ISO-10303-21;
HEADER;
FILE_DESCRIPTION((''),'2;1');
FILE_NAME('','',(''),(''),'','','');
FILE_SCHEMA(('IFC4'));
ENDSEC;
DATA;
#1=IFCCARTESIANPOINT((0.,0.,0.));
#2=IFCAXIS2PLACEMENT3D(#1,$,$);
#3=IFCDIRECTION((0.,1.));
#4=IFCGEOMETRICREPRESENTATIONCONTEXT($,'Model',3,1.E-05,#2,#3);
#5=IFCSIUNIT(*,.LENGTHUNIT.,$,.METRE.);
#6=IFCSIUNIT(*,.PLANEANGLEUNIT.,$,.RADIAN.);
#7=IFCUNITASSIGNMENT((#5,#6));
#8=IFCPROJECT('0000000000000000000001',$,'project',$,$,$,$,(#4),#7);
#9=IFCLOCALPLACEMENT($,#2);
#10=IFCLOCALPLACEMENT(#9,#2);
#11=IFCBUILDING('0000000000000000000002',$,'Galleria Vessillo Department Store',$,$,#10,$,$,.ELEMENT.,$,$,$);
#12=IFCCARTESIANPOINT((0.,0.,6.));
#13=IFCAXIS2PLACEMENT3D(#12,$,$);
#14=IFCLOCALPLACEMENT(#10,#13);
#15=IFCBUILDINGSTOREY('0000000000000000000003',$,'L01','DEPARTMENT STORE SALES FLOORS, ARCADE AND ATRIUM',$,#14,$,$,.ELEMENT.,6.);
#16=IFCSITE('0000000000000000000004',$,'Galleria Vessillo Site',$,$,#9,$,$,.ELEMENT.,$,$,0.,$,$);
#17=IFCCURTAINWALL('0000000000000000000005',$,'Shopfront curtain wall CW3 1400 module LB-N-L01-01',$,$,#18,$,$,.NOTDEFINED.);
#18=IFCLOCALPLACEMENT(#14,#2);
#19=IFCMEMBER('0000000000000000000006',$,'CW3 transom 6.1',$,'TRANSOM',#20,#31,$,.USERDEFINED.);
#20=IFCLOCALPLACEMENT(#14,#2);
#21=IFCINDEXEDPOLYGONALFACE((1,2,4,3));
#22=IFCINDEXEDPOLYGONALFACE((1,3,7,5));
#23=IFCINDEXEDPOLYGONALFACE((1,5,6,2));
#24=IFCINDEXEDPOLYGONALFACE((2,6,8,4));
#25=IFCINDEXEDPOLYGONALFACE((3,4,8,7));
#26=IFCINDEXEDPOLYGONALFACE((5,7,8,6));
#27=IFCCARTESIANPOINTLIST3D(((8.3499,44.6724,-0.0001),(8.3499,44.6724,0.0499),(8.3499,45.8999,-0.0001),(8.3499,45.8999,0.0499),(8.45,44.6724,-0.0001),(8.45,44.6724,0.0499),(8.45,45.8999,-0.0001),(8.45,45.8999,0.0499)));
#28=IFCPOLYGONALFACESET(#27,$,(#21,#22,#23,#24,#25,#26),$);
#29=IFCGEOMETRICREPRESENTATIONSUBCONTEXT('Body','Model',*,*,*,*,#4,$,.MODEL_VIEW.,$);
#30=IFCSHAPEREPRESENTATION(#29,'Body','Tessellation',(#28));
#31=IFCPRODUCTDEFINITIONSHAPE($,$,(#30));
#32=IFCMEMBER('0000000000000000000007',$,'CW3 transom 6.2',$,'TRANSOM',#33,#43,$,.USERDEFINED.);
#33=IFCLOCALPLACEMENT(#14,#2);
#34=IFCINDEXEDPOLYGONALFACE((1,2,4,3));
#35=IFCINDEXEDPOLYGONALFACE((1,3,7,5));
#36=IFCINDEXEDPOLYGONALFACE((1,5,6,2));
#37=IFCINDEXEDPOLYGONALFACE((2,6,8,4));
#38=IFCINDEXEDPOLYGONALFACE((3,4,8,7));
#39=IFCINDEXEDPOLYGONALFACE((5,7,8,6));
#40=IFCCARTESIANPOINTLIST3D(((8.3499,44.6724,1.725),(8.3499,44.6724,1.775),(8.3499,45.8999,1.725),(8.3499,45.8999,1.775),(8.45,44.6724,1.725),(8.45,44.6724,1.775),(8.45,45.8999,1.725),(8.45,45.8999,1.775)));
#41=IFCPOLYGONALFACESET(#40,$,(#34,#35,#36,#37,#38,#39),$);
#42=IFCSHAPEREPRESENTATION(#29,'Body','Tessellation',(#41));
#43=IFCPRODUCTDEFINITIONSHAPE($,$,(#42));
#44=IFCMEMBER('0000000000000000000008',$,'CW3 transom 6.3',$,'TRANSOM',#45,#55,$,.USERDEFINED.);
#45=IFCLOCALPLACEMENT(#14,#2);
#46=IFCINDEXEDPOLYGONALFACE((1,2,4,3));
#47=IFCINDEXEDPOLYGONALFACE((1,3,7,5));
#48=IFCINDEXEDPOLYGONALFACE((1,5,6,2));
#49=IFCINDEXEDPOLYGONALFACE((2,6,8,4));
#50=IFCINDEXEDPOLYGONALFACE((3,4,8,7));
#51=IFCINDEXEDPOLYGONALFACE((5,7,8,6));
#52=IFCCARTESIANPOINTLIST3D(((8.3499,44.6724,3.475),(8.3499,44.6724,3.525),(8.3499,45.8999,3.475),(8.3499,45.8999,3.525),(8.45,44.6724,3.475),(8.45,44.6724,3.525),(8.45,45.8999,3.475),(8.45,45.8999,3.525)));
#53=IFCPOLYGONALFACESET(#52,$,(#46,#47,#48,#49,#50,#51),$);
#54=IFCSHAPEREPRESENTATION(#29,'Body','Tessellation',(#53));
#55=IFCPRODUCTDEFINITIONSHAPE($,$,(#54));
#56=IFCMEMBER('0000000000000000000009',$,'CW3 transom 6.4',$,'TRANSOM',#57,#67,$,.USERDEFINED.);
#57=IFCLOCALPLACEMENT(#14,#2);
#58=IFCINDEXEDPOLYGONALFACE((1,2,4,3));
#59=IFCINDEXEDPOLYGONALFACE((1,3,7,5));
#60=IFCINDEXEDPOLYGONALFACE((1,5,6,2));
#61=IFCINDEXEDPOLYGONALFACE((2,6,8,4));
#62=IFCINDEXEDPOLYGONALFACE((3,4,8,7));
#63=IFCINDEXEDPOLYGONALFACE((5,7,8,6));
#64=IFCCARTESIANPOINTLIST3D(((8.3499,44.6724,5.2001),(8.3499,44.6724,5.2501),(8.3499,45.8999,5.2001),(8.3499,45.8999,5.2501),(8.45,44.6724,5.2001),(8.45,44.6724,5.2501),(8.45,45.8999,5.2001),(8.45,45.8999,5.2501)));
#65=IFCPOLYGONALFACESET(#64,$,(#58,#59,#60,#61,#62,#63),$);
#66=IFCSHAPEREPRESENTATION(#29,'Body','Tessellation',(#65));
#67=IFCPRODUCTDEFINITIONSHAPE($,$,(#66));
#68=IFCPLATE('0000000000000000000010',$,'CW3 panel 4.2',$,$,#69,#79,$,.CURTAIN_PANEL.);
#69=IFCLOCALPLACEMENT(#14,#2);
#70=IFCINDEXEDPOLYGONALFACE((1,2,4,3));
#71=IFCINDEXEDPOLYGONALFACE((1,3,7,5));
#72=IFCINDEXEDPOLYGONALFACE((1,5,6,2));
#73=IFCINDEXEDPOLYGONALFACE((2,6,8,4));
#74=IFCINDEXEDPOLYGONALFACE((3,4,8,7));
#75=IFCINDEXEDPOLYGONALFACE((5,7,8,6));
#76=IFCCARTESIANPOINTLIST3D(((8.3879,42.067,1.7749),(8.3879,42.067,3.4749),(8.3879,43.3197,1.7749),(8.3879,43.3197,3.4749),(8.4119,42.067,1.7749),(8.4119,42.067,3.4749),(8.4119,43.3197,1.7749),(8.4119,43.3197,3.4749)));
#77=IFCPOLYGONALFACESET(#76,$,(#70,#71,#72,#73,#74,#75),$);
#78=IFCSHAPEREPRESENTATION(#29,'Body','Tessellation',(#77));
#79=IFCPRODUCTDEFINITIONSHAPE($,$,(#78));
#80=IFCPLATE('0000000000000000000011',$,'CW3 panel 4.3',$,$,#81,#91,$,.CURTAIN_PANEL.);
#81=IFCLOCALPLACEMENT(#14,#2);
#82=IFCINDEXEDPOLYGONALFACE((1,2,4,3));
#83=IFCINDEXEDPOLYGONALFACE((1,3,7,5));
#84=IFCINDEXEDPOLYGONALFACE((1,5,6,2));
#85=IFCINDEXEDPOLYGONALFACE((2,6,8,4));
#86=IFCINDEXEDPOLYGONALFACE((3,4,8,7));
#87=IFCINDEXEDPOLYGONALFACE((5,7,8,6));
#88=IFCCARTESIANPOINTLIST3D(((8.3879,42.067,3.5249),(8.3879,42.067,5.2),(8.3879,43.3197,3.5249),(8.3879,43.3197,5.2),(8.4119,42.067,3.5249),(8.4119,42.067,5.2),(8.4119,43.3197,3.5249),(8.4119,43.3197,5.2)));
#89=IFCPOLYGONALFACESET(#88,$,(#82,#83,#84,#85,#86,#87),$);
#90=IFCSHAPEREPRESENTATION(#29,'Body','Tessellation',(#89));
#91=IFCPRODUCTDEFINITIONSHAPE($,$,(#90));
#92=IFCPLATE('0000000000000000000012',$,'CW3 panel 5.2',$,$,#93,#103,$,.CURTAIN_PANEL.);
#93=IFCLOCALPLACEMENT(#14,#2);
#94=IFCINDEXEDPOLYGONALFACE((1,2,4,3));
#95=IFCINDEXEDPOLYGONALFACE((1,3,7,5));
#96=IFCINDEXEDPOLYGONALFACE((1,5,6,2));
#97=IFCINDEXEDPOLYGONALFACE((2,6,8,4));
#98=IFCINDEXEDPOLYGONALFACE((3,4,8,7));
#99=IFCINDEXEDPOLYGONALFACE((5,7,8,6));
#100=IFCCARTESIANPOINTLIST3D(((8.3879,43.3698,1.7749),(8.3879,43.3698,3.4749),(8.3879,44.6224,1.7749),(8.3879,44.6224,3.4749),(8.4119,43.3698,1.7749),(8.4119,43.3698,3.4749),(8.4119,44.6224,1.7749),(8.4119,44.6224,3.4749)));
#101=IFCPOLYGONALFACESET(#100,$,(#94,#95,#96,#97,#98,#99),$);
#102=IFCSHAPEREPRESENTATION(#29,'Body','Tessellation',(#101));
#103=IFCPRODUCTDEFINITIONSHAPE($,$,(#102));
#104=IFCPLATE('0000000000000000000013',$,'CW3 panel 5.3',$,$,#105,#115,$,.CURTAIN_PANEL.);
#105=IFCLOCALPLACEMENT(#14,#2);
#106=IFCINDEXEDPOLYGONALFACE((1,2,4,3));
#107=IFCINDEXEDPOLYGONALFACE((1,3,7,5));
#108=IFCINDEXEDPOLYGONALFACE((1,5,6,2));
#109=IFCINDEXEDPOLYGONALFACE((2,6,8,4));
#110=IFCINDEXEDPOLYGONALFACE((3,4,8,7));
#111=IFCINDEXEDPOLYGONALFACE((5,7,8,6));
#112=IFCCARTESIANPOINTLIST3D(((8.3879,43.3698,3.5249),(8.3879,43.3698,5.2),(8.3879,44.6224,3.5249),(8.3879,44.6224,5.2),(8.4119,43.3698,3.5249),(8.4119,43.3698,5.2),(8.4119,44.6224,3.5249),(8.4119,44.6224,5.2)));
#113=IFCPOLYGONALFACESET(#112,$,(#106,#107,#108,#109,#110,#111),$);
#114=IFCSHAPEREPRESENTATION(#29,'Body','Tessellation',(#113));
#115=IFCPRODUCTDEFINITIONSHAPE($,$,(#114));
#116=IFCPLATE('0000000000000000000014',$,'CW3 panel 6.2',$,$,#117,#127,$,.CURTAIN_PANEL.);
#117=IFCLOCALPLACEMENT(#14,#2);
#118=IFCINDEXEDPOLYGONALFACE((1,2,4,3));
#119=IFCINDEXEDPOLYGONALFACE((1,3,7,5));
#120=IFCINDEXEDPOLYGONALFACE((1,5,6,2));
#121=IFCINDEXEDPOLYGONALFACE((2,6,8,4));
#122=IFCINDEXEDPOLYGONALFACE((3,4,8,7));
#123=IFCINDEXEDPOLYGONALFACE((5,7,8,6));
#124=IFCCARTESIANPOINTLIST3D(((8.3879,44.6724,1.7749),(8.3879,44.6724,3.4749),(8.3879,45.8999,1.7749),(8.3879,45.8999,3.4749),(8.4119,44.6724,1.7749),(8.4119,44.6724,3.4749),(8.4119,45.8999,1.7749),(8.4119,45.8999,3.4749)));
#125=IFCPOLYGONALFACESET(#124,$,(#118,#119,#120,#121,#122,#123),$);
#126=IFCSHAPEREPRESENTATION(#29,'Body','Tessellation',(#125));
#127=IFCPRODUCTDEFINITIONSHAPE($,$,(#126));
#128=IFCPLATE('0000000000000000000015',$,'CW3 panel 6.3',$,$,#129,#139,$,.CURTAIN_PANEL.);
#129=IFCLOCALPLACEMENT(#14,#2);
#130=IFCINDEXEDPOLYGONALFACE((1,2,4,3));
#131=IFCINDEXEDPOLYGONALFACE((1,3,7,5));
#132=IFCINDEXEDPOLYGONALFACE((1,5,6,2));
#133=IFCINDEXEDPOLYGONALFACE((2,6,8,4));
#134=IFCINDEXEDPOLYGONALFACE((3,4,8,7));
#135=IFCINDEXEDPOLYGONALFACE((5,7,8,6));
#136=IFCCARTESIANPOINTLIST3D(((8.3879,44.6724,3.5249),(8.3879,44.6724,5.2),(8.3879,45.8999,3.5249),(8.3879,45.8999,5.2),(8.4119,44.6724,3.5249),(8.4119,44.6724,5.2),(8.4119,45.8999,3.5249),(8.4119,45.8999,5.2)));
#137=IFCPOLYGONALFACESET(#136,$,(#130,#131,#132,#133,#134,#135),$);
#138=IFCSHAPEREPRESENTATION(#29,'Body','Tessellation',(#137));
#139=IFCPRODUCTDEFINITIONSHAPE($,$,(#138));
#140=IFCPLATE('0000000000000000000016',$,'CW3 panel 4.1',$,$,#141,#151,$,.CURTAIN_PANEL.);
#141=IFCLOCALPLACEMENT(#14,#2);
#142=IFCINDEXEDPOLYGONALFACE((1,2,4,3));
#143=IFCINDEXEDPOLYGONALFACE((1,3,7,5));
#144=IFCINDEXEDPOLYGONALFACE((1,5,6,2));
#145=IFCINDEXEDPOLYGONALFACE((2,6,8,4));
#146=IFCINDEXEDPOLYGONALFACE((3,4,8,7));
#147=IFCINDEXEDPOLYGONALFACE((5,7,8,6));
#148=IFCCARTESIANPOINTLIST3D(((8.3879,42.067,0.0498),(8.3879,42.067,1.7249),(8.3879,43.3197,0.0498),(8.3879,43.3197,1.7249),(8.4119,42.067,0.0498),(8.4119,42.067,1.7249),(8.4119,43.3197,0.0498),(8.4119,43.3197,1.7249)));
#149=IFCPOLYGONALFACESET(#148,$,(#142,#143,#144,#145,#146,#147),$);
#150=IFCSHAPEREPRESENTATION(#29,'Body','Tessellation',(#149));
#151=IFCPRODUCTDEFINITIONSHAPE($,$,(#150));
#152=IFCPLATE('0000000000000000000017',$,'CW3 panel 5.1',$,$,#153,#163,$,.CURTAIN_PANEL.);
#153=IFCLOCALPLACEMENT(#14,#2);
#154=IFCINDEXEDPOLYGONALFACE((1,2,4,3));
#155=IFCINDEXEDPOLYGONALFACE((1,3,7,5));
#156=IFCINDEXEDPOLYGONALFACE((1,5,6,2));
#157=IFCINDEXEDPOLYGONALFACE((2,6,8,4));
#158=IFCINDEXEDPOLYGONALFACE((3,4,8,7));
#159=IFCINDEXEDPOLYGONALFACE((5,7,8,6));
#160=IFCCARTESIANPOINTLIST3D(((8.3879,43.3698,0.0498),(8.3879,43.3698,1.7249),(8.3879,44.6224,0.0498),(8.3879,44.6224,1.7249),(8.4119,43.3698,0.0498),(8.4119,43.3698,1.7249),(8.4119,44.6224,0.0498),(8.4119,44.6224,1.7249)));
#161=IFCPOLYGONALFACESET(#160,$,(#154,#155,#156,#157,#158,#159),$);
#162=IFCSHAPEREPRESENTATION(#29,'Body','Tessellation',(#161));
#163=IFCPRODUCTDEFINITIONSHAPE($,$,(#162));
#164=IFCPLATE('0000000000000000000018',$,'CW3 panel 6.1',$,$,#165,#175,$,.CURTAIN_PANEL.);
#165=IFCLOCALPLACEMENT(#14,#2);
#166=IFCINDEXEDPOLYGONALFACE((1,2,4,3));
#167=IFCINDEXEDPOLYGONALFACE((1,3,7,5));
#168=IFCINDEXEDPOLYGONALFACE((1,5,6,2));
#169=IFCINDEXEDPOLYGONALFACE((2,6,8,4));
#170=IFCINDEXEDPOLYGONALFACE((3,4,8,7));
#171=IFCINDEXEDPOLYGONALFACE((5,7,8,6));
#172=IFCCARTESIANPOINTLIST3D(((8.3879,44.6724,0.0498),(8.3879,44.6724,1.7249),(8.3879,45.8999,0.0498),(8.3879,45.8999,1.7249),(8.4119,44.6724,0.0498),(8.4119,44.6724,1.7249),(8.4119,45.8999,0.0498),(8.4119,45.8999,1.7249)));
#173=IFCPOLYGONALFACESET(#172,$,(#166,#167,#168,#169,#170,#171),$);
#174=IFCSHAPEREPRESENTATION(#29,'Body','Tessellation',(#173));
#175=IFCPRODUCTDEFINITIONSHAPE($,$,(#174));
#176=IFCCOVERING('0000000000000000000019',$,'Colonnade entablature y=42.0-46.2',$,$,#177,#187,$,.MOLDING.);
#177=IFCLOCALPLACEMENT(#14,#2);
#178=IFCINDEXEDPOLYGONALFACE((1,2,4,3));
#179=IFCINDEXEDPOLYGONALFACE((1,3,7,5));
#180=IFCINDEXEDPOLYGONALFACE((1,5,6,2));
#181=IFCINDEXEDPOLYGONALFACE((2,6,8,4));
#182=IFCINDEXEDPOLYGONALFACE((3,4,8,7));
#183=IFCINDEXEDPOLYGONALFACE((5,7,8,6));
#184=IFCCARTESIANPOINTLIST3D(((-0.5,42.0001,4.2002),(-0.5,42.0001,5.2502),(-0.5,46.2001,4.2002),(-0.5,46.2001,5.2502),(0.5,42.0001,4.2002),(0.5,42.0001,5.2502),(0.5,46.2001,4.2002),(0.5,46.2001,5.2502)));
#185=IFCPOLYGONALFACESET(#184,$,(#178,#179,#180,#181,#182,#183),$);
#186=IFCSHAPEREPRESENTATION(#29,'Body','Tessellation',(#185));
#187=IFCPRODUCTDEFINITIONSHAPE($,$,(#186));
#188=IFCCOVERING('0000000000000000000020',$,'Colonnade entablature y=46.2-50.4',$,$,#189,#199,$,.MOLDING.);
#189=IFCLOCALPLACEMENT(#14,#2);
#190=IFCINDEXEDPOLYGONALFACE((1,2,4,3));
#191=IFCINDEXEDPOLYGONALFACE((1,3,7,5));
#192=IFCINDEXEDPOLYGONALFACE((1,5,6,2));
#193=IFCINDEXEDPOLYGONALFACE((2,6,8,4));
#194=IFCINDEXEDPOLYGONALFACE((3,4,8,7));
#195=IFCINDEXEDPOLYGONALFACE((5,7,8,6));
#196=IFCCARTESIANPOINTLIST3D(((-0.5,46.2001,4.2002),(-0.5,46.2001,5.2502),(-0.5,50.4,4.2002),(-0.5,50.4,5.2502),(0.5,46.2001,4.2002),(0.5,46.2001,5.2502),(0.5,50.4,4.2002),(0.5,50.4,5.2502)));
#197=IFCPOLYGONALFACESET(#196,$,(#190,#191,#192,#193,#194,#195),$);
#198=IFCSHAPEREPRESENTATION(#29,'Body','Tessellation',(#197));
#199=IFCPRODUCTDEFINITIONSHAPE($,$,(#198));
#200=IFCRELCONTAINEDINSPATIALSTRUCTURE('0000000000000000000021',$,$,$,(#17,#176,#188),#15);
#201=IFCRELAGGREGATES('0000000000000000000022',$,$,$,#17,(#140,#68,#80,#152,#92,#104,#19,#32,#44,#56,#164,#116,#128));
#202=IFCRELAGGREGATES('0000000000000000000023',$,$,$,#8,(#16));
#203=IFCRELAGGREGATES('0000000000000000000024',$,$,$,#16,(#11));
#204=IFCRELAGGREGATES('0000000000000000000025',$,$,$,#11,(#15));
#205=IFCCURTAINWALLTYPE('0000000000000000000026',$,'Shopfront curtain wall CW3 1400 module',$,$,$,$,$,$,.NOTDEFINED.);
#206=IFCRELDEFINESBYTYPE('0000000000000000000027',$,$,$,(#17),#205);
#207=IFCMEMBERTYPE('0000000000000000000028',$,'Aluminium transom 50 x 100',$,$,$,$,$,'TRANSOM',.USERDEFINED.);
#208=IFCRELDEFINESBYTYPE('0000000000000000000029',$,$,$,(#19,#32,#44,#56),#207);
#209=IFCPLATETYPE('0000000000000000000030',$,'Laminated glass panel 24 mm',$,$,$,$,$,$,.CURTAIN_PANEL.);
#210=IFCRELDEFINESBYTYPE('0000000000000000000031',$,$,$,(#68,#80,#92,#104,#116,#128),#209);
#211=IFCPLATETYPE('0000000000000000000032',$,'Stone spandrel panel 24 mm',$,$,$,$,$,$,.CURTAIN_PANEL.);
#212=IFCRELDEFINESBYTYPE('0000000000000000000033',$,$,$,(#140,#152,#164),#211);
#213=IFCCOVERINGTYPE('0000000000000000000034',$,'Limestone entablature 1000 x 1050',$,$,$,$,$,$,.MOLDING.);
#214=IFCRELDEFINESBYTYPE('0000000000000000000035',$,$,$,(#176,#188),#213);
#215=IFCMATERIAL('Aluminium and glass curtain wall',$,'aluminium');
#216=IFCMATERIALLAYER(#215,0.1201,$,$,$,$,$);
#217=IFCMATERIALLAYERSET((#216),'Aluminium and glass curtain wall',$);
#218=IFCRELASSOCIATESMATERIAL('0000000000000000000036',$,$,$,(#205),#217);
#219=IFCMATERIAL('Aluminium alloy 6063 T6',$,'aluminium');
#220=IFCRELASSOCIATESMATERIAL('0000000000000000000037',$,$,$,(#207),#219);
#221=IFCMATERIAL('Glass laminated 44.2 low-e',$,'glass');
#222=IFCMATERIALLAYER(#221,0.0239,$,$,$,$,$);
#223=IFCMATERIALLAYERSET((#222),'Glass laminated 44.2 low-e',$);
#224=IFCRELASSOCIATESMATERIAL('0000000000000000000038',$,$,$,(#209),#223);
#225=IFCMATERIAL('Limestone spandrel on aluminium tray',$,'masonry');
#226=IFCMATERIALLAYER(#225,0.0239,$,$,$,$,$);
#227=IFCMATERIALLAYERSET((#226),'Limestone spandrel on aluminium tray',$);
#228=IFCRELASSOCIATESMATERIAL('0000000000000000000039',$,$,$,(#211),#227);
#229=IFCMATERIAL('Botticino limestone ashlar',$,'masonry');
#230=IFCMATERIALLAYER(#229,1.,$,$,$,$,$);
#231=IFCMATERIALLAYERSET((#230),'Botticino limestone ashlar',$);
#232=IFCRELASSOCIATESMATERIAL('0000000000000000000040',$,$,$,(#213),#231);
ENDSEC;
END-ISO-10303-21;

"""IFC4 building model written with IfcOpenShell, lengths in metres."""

from ifc_helpers import new_model, si_unit, direction, frame, origin, origin_2d, place, context, subcontext, project, spatial, rectangle, extrude, material, layer, layer_set, material_profile, profile_set, type_object, element, aggregate, save


model = new_model("IFC4")

# Units and contexts
model_context = context("Model", 3, precision=1e-05, world=origin(), true_north=direction((0.0, 1.0)))
body_context = subcontext(model_context, "Body", "Model", "MODEL_VIEW")
ifc_project = project(units=[si_unit("LENGTHUNIT", "METRE"), si_unit("PLANEANGLEUNIT", "RADIAN")], contexts=[model_context])

# Site, building, storey
site_placement = place(None, origin())
site = spatial("IfcSite", under=ifc_project, at=site_placement, Name="Galleria Vessillo Site", CompositionType="ELEMENT", RefElevation=0.0)
building_placement = place(site_placement, origin())
building = spatial("IfcBuilding", under=site, at=building_placement, Name="Galleria Vessillo Department Store", CompositionType="ELEMENT")
storey_placement = place(building_placement, frame((0.0, 0.0, 6.0)))
storey = spatial("IfcBuildingStorey", under=building, at=storey_placement, Name="L01", Description="DEPARTMENT STORE SALES FLOORS, ARCADE AND ATRIUM", CompositionType="ELEMENT", Elevation=6.0)

# Curtain wall, members, plates
ifc_material_1 = material(Name="Aluminium and glass curtain wall", Category="aluminium")
ifc_layer_1 = layer(ifc_material_1, 0.1201)
ifc_layer_set_1 = layer_set([ifc_layer_1], Name="Aluminium and glass curtain wall")
curtain_wall_type = type_object("IfcCurtainWallType", Name="Shopfront curtain wall CW3 1400 module", PredefinedType="NOTDEFINED", material=ifc_layer_set_1)
curtain_wall_placement = place(storey_placement, origin())
curtain_wall = element("IfcCurtainWall", 1, at=curtain_wall_placement, inside=storey, type_object=curtain_wall_type, Name="Shopfront curtain wall CW3 1400 module LB-N-L01-01", PredefinedType="NOTDEFINED")
ifc_material_2 = material(Name="Aluminium alloy 6063 T6", Category="aluminium")
ifc_material_profile_1 = material_profile(ifc_material_2, rectangle(XDim=0.1001, YDim=0.05, at=origin_2d()), Name="AL 50x100")
ifc_profile_set_1 = profile_set([ifc_material_profile_1], Name="Aluminium alloy 6063 T6")
member_type_1 = type_object("IfcMemberType", Name="Aluminium transom 50 x 100", ElementType="TRANSOM", PredefinedType="USERDEFINED", material=ifc_profile_set_1)
member_1_placement = place(storey_placement, frame((8.3999, 44.6724, 0.0249), z_axis=(0.0, 1.0, 0.0), x_axis=(-1.0, 0.0, 0.0)))
member_1 = element("IfcMember", 2, at=member_1_placement, type_object=member_type_1, Name="CW3 transom 6.1", ObjectType="TRANSOM", PredefinedType="USERDEFINED", context=body_context, shape_type="SweptSolid", body=[
    extrude(rectangle(XDim=0.1001, YDim=0.05, at=origin_2d()), origin(), (0.0, 0.0, 1.0), 1.2275),
])
member_2_placement = place(storey_placement, frame((8.3999, 44.6724, 1.75), z_axis=(0.0, 1.0, 0.0), x_axis=(-1.0, 0.0, 0.0)))
member_2 = element("IfcMember", 3, at=member_2_placement, type_object=member_type_1, Name="CW3 transom 6.2", ObjectType="TRANSOM", PredefinedType="USERDEFINED", context=body_context, shape_type="SweptSolid", body=[
    extrude(rectangle(XDim=0.1001, YDim=0.05, at=origin_2d()), origin(), (0.0, 0.0, 1.0), 1.2275),
])
member_3_placement = place(storey_placement, frame((8.3999, 44.6724, 3.5), z_axis=(0.0, 1.0, 0.0), x_axis=(-1.0, 0.0, 0.0)))
member_3 = element("IfcMember", 4, at=member_3_placement, type_object=member_type_1, Name="CW3 transom 6.3", ObjectType="TRANSOM", PredefinedType="USERDEFINED", context=body_context, shape_type="SweptSolid", body=[
    extrude(rectangle(XDim=0.1001, YDim=0.05, at=origin_2d()), origin(), (0.0, 0.0, 1.0), 1.2275),
])
member_4_placement = place(storey_placement, frame((8.3999, 44.6724, 5.2251), z_axis=(0.0, 1.0, 0.0), x_axis=(-1.0, 0.0, 0.0)))
member_4 = element("IfcMember", 5, at=member_4_placement, type_object=member_type_1, Name="CW3 transom 6.4", ObjectType="TRANSOM", PredefinedType="USERDEFINED", context=body_context, shape_type="SweptSolid", body=[
    extrude(rectangle(XDim=0.1001, YDim=0.05, at=origin_2d()), origin(), (0.0, 0.0, 1.0), 1.2275),
])
ifc_material_3 = material(Name="Glass laminated 44.2 low-e", Category="glass")
ifc_layer_2 = layer(ifc_material_3, 0.0239)
ifc_layer_set_2 = layer_set([ifc_layer_2], Name="Glass laminated 44.2 low-e")
plate_type_1 = type_object("IfcPlateType", Name="Laminated glass panel 24 mm", PredefinedType="CURTAIN_PANEL", material=ifc_layer_set_2)
plate_1_placement = place(storey_placement, frame((8.3999, 42.6934, 1.7749), z_axis=(0.0, 0.0, 1.0), x_axis=(0.0, 1.0, 0.0)))
plate_1 = element("IfcPlate", 6, at=plate_1_placement, type_object=plate_type_1, Name="CW3 panel 4.2", PredefinedType="CURTAIN_PANEL", context=body_context, shape_type="SweptSolid", body=[
    extrude(rectangle(XDim=1.2527, YDim=0.0239, at=origin_2d()), origin(), (0.0, 0.0, 1.0), 1.7),
])
plate_2_placement = place(storey_placement, frame((8.3999, 42.6934, 3.5249), z_axis=(0.0, 0.0, 1.0), x_axis=(0.0, 1.0, 0.0)))
plate_2 = element("IfcPlate", 7, at=plate_2_placement, type_object=plate_type_1, Name="CW3 panel 4.3", PredefinedType="CURTAIN_PANEL", context=body_context, shape_type="SweptSolid", body=[
    extrude(rectangle(XDim=1.2527, YDim=0.0239, at=origin_2d()), origin(), (0.0, 0.0, 1.0), 1.675),
])
plate_3_placement = place(storey_placement, frame((8.3999, 43.9961, 1.7749), z_axis=(0.0, 0.0, 1.0), x_axis=(0.0, 1.0, 0.0)))
plate_3 = element("IfcPlate", 8, at=plate_3_placement, type_object=plate_type_1, Name="CW3 panel 5.2", PredefinedType="CURTAIN_PANEL", context=body_context, shape_type="SweptSolid", body=[
    extrude(rectangle(XDim=1.2527, YDim=0.0239, at=origin_2d()), origin(), (0.0, 0.0, 1.0), 1.7),
])
plate_4_placement = place(storey_placement, frame((8.3999, 43.9961, 3.5249), z_axis=(0.0, 0.0, 1.0), x_axis=(0.0, 1.0, 0.0)))
plate_4 = element("IfcPlate", 9, at=plate_4_placement, type_object=plate_type_1, Name="CW3 panel 5.3", PredefinedType="CURTAIN_PANEL", context=body_context, shape_type="SweptSolid", body=[
    extrude(rectangle(XDim=1.2527, YDim=0.0239, at=origin_2d()), origin(), (0.0, 0.0, 1.0), 1.675),
])
plate_5_placement = place(storey_placement, frame((8.3999, 45.2861, 1.7749), z_axis=(0.0, 0.0, 1.0), x_axis=(0.0, 1.0, 0.0)))
plate_5 = element("IfcPlate", 10, at=plate_5_placement, type_object=plate_type_1, Name="CW3 panel 6.2", PredefinedType="CURTAIN_PANEL", context=body_context, shape_type="SweptSolid", body=[
    extrude(rectangle(XDim=1.2275, YDim=0.0239, at=origin_2d()), origin(), (0.0, 0.0, 1.0), 1.7),
])
plate_6_placement = place(storey_placement, frame((8.3999, 45.2861, 3.5249), z_axis=(0.0, 0.0, 1.0), x_axis=(0.0, 1.0, 0.0)))
plate_6 = element("IfcPlate", 11, at=plate_6_placement, type_object=plate_type_1, Name="CW3 panel 6.3", PredefinedType="CURTAIN_PANEL", context=body_context, shape_type="SweptSolid", body=[
    extrude(rectangle(XDim=1.2275, YDim=0.0239, at=origin_2d()), origin(), (0.0, 0.0, 1.0), 1.675),
])
ifc_material_4 = material(Name="Limestone spandrel on aluminium tray", Category="masonry")
ifc_layer_3 = layer(ifc_material_4, 0.0239)
ifc_layer_set_3 = layer_set([ifc_layer_3], Name="Limestone spandrel on aluminium tray")
plate_type_2 = type_object("IfcPlateType", Name="Stone spandrel panel 24 mm", PredefinedType="CURTAIN_PANEL", material=ifc_layer_set_3)
plate_7_placement = place(storey_placement, frame((8.3999, 42.6934, 0.0498), z_axis=(0.0, 0.0, 1.0), x_axis=(0.0, 1.0, 0.0)))
plate_7 = element("IfcPlate", 12, at=plate_7_placement, type_object=plate_type_2, Name="CW3 panel 4.1", PredefinedType="CURTAIN_PANEL", context=body_context, shape_type="SweptSolid", body=[
    extrude(rectangle(XDim=1.2527, YDim=0.0239, at=origin_2d()), origin(), (0.0, 0.0, 1.0), 1.675),
])
plate_8_placement = place(storey_placement, frame((8.3999, 43.9961, 0.0498), z_axis=(0.0, 0.0, 1.0), x_axis=(0.0, 1.0, 0.0)))
plate_8 = element("IfcPlate", 13, at=plate_8_placement, type_object=plate_type_2, Name="CW3 panel 5.1", PredefinedType="CURTAIN_PANEL", context=body_context, shape_type="SweptSolid", body=[
    extrude(rectangle(XDim=1.2527, YDim=0.0239, at=origin_2d()), origin(), (0.0, 0.0, 1.0), 1.675),
])
plate_9_placement = place(storey_placement, frame((8.3999, 45.2861, 0.0498), z_axis=(0.0, 0.0, 1.0), x_axis=(0.0, 1.0, 0.0)))
plate_9 = element("IfcPlate", 14, at=plate_9_placement, type_object=plate_type_2, Name="CW3 panel 6.1", PredefinedType="CURTAIN_PANEL", context=body_context, shape_type="SweptSolid", body=[
    extrude(rectangle(XDim=1.2275, YDim=0.0239, at=origin_2d()), origin(), (0.0, 0.0, 1.0), 1.675),
])
aggregate(curtain_wall, [plate_7, plate_1, plate_2, plate_8, plate_3, plate_4, member_1, member_2, member_3, member_4, plate_9, plate_5, plate_6])

# Coverings
ifc_material_5 = material(Name="Botticino limestone ashlar", Category="masonry")
ifc_layer_4 = layer(ifc_material_5, 1.0)
ifc_layer_set_4 = layer_set([ifc_layer_4], Name="Botticino limestone ashlar")
covering_type_1 = type_object("IfcCoveringType", Name="Limestone entablature 1000 x 1050", PredefinedType="MOLDING", material=ifc_layer_set_4)
for number, where, z_axis, x_axis, name in (
    (15, (0.0, 44.1001, 4.2002), (0.0, 0.0, 1.0), (1.0, 0.0, 0.0), "Colonnade entablature y=42.0-46.2"),
    (16, (0.0, 48.3, 4.2002), (0.0, 0.0, 1.0), (1.0, 0.0, 0.0), "Colonnade entablature y=46.2-50.4"),
):
    element("IfcCovering", number, at=place(storey_placement, frame(where, z_axis=z_axis, x_axis=x_axis)), inside=storey, type_object=covering_type_1, Name=name, PredefinedType="MOLDING", context=body_context, shape_type="SweptSolid", body=[
        extrude(rectangle(XDim=1.0, YDim=4.2, at=origin_2d()), origin(), (0.0, 0.0, 1.0), 1.05),
    ])

save(model, "model.ifc")
